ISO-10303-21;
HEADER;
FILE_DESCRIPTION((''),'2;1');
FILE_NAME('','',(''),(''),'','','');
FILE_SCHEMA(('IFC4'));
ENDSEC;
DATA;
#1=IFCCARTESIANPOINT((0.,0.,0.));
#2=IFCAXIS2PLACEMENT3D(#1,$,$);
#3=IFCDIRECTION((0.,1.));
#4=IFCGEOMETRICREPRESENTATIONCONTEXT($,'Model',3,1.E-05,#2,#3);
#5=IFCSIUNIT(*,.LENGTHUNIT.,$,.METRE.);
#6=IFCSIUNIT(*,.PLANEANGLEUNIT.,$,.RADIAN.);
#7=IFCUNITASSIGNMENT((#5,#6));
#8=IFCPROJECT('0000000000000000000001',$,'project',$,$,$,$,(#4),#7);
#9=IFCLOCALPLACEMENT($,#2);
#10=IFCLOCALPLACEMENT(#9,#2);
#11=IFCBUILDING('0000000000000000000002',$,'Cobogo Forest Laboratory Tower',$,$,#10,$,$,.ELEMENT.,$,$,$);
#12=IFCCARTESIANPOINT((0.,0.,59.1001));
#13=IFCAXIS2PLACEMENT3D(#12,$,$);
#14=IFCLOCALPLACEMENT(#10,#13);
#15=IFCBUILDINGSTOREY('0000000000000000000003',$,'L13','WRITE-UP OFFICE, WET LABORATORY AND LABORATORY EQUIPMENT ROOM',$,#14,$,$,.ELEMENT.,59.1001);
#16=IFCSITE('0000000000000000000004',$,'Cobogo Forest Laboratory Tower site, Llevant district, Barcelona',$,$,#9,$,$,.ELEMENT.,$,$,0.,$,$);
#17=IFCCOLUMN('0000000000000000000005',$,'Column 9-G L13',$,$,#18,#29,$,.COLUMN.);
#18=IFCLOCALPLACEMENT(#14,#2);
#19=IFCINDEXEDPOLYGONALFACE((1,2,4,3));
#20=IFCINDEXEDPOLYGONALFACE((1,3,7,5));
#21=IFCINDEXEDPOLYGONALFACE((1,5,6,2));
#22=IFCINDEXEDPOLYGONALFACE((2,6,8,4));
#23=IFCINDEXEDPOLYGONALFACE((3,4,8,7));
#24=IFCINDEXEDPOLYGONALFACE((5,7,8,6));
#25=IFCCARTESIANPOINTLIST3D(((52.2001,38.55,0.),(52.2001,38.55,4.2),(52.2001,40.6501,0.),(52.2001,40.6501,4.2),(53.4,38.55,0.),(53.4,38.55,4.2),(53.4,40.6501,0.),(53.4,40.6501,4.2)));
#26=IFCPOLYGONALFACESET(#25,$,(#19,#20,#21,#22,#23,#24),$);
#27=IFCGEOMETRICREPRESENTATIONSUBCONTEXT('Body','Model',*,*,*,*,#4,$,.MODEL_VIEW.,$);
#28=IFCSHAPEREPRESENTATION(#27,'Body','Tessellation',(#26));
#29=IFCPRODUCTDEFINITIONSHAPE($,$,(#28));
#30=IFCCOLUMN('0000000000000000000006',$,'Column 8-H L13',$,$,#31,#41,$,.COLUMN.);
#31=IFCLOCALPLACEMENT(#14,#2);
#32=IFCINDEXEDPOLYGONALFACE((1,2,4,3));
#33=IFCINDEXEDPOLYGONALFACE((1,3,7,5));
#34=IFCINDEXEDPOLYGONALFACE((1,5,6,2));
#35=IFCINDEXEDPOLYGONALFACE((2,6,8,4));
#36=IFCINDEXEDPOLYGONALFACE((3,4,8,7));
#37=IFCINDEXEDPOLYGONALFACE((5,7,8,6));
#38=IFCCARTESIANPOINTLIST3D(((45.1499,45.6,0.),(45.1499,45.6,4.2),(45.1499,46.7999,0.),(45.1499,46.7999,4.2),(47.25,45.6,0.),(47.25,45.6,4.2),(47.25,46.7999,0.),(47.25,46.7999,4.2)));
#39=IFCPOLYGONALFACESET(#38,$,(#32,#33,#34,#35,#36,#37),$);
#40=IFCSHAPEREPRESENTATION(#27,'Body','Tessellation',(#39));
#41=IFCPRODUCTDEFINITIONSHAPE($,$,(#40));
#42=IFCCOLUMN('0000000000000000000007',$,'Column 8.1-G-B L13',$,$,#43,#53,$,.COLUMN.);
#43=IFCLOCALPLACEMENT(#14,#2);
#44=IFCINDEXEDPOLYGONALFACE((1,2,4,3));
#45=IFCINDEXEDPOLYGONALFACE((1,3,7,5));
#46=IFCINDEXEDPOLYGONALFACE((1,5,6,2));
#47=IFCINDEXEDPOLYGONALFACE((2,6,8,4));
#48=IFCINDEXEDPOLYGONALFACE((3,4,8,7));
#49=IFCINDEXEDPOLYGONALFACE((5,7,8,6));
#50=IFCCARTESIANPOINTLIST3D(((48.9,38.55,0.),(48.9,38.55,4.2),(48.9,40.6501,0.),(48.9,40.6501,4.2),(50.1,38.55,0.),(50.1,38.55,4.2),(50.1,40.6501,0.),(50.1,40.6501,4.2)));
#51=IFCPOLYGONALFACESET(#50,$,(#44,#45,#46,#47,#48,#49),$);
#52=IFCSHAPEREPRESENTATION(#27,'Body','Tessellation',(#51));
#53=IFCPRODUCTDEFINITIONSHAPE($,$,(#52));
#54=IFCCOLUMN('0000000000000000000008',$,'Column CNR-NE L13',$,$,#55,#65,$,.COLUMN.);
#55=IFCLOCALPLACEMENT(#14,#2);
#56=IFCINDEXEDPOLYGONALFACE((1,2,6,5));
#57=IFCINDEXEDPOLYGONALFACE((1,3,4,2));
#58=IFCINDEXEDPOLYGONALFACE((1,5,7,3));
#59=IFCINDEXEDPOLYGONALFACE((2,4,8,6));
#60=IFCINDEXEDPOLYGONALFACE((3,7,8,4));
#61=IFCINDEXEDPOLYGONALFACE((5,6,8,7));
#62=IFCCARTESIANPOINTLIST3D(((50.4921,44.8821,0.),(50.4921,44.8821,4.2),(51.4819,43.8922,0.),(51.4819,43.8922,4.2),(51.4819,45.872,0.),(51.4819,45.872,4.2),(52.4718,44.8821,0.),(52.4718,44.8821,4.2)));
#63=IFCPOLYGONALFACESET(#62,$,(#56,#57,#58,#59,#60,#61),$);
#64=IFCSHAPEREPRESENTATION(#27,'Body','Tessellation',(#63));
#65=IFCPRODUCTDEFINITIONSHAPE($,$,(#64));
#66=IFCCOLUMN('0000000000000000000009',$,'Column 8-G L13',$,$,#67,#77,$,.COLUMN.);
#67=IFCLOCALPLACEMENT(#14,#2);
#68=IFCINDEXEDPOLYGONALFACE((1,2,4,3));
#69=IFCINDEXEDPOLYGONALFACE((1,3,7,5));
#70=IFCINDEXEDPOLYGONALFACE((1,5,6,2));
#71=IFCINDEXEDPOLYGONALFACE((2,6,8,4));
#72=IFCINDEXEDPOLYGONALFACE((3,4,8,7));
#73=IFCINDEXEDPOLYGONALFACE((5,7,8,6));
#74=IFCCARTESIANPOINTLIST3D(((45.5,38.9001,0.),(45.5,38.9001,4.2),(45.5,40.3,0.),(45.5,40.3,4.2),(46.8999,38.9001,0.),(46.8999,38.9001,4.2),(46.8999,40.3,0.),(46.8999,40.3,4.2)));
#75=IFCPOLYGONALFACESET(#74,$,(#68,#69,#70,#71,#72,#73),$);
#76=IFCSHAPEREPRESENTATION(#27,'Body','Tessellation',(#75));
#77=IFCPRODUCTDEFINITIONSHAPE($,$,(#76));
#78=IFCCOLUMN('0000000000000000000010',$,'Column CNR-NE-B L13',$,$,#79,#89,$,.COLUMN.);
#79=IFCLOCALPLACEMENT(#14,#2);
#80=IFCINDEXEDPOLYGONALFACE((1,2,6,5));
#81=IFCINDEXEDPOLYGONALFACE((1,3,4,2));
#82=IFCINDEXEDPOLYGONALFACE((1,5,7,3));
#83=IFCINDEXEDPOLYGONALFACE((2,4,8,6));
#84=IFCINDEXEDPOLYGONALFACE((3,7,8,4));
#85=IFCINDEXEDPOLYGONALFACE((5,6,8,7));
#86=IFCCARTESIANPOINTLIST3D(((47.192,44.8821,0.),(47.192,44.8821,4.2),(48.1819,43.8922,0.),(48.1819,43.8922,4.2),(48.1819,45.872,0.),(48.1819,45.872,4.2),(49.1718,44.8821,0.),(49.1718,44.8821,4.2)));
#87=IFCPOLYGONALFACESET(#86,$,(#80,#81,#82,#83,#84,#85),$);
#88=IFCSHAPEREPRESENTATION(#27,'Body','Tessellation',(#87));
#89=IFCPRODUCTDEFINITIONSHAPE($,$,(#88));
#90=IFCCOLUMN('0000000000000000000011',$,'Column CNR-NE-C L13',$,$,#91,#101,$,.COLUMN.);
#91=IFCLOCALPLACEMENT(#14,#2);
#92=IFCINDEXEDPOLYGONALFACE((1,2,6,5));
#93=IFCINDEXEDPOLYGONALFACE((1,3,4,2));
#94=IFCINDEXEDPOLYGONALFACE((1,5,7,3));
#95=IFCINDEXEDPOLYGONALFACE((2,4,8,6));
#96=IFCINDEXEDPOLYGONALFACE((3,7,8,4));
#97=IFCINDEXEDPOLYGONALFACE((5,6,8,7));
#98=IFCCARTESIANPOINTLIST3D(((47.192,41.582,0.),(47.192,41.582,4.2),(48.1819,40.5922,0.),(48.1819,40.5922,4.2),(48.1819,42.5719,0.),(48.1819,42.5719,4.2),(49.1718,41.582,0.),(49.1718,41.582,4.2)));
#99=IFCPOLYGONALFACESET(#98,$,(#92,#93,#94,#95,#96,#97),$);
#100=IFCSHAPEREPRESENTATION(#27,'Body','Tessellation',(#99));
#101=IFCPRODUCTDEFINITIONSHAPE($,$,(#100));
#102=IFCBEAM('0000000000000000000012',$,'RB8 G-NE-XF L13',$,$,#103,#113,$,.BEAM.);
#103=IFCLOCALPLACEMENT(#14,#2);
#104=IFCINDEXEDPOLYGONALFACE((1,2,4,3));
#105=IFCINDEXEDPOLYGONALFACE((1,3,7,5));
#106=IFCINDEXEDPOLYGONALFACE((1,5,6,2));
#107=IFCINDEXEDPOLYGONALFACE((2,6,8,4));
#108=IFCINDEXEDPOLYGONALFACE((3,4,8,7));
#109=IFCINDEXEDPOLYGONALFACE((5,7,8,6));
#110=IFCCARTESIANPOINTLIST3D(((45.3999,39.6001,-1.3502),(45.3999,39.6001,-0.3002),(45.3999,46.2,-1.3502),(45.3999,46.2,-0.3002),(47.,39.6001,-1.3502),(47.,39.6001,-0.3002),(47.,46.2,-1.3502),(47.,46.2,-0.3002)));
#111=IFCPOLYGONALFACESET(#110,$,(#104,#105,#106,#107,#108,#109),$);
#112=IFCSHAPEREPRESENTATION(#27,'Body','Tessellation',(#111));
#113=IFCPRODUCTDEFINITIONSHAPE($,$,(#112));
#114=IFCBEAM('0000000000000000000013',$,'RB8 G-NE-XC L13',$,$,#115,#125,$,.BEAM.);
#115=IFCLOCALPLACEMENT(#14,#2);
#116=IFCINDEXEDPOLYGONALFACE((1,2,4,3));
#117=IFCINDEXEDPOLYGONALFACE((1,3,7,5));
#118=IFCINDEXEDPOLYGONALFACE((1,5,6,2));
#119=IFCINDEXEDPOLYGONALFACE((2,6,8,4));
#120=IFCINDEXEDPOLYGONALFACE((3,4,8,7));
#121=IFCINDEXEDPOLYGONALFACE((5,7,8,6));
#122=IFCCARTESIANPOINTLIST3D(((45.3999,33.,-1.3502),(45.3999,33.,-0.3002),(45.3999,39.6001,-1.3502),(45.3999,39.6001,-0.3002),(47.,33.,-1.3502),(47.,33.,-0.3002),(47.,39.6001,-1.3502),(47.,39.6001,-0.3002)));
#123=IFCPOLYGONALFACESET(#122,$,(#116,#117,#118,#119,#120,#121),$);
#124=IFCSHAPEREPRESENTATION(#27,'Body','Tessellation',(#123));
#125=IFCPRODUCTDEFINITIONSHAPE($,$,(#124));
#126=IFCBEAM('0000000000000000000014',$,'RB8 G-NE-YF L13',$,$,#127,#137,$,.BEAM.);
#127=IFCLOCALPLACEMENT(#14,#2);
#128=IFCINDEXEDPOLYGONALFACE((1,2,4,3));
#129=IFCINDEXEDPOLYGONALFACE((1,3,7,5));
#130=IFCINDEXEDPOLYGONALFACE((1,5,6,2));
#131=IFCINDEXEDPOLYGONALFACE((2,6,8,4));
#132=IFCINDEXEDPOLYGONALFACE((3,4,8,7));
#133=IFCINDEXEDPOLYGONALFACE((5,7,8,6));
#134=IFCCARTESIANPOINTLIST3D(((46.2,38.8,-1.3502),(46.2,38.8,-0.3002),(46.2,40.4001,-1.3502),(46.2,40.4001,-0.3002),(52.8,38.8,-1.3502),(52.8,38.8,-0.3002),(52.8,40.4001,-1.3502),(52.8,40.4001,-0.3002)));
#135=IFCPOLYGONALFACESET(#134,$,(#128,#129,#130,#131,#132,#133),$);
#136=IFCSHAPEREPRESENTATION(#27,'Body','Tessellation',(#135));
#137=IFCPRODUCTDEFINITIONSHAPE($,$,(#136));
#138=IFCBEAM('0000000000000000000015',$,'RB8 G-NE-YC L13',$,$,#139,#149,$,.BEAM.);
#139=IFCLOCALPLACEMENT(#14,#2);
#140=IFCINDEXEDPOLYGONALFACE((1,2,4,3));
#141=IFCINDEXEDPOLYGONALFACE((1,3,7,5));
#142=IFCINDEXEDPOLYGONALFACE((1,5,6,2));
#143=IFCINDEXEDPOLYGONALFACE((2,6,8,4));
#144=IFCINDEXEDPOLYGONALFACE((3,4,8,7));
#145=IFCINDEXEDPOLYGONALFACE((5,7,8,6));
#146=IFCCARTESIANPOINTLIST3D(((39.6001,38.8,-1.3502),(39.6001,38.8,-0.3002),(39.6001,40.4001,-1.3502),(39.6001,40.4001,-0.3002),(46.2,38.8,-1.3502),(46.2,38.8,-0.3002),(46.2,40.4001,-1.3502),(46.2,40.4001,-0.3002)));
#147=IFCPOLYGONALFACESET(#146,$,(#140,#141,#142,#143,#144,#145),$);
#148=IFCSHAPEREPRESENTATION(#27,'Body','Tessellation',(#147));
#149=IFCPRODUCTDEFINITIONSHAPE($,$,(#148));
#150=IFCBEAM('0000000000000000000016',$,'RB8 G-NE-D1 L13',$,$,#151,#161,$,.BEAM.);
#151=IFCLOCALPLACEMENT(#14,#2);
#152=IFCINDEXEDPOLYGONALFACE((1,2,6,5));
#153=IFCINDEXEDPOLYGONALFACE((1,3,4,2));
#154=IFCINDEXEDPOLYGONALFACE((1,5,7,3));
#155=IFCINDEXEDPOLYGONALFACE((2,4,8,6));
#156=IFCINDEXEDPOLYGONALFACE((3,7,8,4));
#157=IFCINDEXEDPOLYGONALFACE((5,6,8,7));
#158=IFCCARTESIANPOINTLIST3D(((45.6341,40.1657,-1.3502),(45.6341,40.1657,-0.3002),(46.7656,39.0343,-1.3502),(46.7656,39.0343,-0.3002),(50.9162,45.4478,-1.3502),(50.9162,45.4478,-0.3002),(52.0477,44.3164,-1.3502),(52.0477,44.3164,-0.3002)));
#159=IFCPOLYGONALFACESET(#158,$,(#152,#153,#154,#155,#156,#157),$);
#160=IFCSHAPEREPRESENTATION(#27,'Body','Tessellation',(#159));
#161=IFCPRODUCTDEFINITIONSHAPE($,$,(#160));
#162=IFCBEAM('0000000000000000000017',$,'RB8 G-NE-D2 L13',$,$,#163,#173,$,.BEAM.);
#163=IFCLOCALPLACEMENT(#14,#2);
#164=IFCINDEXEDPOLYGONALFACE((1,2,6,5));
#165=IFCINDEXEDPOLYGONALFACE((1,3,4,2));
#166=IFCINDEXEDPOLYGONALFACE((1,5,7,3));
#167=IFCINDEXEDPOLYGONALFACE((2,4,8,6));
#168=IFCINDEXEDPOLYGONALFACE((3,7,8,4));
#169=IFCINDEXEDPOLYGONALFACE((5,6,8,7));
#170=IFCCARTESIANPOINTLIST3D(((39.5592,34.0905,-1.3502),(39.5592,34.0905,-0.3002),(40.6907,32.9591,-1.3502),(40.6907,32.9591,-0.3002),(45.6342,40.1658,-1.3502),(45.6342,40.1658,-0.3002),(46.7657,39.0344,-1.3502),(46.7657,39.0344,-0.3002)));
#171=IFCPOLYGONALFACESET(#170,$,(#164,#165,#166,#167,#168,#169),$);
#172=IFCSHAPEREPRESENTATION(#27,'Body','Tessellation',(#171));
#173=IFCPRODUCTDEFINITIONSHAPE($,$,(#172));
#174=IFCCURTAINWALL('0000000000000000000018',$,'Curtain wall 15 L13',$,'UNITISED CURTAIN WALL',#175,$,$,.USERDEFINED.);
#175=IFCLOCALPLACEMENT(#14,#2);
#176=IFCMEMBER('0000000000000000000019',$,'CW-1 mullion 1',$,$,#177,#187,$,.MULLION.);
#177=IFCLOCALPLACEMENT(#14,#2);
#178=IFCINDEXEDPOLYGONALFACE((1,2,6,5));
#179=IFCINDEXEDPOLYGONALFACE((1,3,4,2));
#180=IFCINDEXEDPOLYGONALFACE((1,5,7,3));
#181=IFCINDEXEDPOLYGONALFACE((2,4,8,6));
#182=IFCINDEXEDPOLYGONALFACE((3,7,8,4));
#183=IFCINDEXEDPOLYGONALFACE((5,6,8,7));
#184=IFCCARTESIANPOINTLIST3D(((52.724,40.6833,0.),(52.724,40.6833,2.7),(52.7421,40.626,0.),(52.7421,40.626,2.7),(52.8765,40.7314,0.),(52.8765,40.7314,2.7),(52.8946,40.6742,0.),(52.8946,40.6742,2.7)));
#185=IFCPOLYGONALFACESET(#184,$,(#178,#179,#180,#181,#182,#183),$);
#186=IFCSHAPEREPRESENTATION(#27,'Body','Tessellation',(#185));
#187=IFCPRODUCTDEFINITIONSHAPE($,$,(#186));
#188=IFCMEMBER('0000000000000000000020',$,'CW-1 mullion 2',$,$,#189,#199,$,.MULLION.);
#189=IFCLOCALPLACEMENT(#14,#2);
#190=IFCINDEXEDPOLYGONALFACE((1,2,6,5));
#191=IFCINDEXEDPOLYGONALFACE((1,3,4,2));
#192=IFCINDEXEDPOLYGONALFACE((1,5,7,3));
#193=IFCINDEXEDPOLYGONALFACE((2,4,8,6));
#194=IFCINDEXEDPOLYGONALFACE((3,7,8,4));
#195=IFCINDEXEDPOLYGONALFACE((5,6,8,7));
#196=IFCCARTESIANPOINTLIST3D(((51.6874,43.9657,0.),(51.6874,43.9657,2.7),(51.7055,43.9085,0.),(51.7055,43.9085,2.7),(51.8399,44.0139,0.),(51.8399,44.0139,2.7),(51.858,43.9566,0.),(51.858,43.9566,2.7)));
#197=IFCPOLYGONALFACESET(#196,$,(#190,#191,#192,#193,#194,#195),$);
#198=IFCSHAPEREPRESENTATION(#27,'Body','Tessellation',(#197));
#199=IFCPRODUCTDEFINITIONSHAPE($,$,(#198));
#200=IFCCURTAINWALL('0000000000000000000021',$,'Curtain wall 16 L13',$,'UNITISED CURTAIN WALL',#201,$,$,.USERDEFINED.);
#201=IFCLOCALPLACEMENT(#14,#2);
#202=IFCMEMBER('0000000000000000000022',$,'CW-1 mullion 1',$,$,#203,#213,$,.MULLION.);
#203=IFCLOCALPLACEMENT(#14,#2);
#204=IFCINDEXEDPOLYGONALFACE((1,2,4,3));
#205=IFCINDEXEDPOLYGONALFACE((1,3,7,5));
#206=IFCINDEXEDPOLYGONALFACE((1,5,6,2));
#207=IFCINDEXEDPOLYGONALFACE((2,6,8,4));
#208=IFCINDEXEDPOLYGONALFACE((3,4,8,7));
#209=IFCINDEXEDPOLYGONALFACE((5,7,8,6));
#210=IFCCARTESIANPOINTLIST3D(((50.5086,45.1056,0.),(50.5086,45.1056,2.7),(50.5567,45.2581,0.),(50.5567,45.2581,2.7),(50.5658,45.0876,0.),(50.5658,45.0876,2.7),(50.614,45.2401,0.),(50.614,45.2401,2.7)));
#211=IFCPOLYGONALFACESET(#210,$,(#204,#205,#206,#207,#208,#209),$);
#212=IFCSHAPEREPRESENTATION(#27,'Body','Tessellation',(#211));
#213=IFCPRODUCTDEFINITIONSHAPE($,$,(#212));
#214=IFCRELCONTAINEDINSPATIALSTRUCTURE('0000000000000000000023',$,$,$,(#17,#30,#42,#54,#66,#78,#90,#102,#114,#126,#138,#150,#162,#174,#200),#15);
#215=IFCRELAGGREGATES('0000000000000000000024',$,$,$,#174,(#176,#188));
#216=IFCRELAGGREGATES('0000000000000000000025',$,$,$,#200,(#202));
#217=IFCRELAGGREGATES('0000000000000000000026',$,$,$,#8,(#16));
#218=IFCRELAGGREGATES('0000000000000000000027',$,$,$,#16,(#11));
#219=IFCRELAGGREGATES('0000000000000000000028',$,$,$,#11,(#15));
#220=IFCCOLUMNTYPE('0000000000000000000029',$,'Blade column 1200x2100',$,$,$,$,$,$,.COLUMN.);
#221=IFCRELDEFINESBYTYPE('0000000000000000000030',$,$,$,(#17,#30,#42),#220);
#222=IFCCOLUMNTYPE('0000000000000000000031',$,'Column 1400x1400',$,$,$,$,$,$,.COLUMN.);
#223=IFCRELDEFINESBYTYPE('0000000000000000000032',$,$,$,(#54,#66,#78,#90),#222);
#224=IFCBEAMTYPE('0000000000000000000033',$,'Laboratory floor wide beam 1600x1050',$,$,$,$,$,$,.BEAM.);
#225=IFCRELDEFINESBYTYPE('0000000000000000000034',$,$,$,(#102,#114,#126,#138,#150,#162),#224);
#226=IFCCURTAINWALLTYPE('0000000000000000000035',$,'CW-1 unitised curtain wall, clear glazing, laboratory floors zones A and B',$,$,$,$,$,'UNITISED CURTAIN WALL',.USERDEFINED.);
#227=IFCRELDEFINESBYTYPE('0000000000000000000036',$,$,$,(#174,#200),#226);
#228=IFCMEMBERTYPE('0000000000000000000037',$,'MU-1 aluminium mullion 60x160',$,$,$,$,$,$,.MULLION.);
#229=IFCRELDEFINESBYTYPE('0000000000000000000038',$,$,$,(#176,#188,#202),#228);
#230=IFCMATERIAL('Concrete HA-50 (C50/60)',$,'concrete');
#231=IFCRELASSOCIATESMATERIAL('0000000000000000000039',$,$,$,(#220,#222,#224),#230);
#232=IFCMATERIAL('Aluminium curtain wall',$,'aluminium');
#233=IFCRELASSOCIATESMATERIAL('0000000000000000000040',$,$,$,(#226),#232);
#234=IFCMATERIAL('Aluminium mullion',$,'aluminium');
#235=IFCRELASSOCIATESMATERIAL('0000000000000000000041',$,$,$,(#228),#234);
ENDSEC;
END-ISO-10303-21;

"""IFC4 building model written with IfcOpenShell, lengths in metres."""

from ifc_helpers import new_model, si_unit, direction, frame, origin, origin_2d, place, context, subcontext, project, spatial, rectangle, extrude, material, material_profile, profile_set, type_object, element, aggregate, save


model = new_model("IFC4")

# Units and contexts
model_context = context("Model", 3, precision=1e-05, world=origin(), true_north=direction((0.0, 1.0)))
body_context = subcontext(model_context, "Body", "Model", "MODEL_VIEW")
ifc_project = project(units=[si_unit("LENGTHUNIT", "METRE"), si_unit("PLANEANGLEUNIT", "RADIAN")], contexts=[model_context])

# Site, building, storey
site_placement = place(None, origin())
site = spatial("IfcSite", under=ifc_project, at=site_placement, Name="Cobogo Forest Laboratory Tower site, Llevant district, Barcelona", CompositionType="ELEMENT", RefElevation=0.0)
building_placement = place(site_placement, origin())
building = spatial("IfcBuilding", under=site, at=building_placement, Name="Cobogo Forest Laboratory Tower", CompositionType="ELEMENT")
storey_placement = place(building_placement, frame((0.0, 0.0, 59.1001)))
storey = spatial("IfcBuildingStorey", under=building, at=storey_placement, Name="L13", Description="WRITE-UP OFFICE, WET LABORATORY AND LABORATORY EQUIPMENT ROOM", CompositionType="ELEMENT", Elevation=59.1001)

# Columns
ifc_material_1 = material(Name="Concrete HA-50 (C50/60)", Category="concrete")
ifc_material_profile_1 = material_profile(ifc_material_1, rectangle(XDim=2.1001, YDim=1.2, at=origin_2d()), Name="RC 1200x2100")
ifc_profile_set_1 = profile_set([ifc_material_profile_1], Name="Concrete HA-50 (C50/60)")
column_type_1 = type_object("IfcColumnType", Name="Blade column 1200x2100", PredefinedType="COLUMN", material=ifc_profile_set_1)
for number, where, z_axis, x_axis, name in (
    (1, (52.8, 39.6001, 0.0), (0.0, 0.0, 1.0), (0.0, 1.0, 0.0), "Column 9-G L13"),
    (2, (46.2, 46.2, 0.0), (0.0, 0.0, 1.0), (1.0, 0.0, 0.0), "Column 8-H L13"),
    (3, (49.5, 39.6001, 0.0), (0.0, 0.0, 1.0), (0.0, 1.0, 0.0), "Column 8.1-G-B L13"),
):
    element("IfcColumn", number, at=place(storey_placement, frame(where, z_axis=z_axis, x_axis=x_axis)), inside=storey, type_object=column_type_1, Name=name, PredefinedType="COLUMN", context=body_context, shape_type="SweptSolid", body=[
        extrude(rectangle(XDim=2.1001, YDim=1.2, at=origin_2d()), origin(), (0.0, 0.0, 1.0), 4.2),
    ])
ifc_material_profile_2 = material_profile(ifc_material_1, rectangle(XDim=1.3999, YDim=1.3999, at=origin_2d()), Name="RC 1400x1400")
ifc_profile_set_2 = profile_set([ifc_material_profile_2], Name="Concrete HA-50 (C50/60)")
column_type_2 = type_object("IfcColumnType", Name="Column 1400x1400", PredefinedType="COLUMN", material=ifc_profile_set_2)
for number, where, z_axis, x_axis, name in (
    (4, (51.4819, 44.8821, 0.0), (0.0, 0.0, 1.0), (0.707107, 0.707107, 0.0), "Column CNR-NE L13"),
    (5, (46.2, 39.6001, 0.0), (0.0, 0.0, 1.0), (1.0, 0.0, 0.0), "Column 8-G L13"),
    (6, (48.1819, 44.8821, 0.0), (0.0, 0.0, 1.0), (0.707107, 0.707107, 0.0), "Column CNR-NE-B L13"),
    (7, (48.1819, 41.582, 0.0), (0.0, 0.0, 1.0), (0.707107, 0.707107, 0.0), "Column CNR-NE-C L13"),
):
    element("IfcColumn", number, at=place(storey_placement, frame(where, z_axis=z_axis, x_axis=x_axis)), inside=storey, type_object=column_type_2, Name=name, PredefinedType="COLUMN", context=body_context, shape_type="SweptSolid", body=[
        extrude(rectangle(XDim=1.3999, YDim=1.3999, at=origin_2d()), origin(), (0.0, 0.0, 1.0), 4.2),
    ])

# Beams
ifc_material_profile_3 = material_profile(ifc_material_1, rectangle(XDim=1.6001, YDim=1.05, at=origin_2d()), Name="RC 1600x1050")
ifc_profile_set_3 = profile_set([ifc_material_profile_3], Name="Concrete HA-50 (C50/60)")
beam_type_1 = type_object("IfcBeamType", Name="Laboratory floor wide beam 1600x1050", PredefinedType="BEAM", material=ifc_profile_set_3)
beam_1_placement = place(storey_placement, frame((46.2, 46.2, -0.8252), z_axis=(0.0, -1.0, 0.0), x_axis=(1.0, 0.0, 0.0)))
element("IfcBeam", 8, at=beam_1_placement, inside=storey, type_object=beam_type_1, Name="RB8 G-NE-XF L13", PredefinedType="BEAM", context=body_context, shape_type="SweptSolid", body=[
    extrude(rectangle(XDim=1.6001, YDim=1.05, at=origin_2d()), origin(), (0.0, 0.0, 1.0), 6.5999),
])
for number, where, z_axis, x_axis, name in (
    (9, (46.2, 39.6001, -0.8252), (0.0, -1.0, 0.0), (1.0, 0.0, 0.0), "RB8 G-NE-XC L13"),
    (10, (52.8, 39.6001, -0.8252), (-1.0, 0.0, 0.0), (0.0, -1.0, 0.0), "RB8 G-NE-YF L13"),
):
    element("IfcBeam", number, at=place(storey_placement, frame(where, z_axis=z_axis, x_axis=x_axis)), inside=storey, type_object=beam_type_1, Name=name, PredefinedType="BEAM", context=body_context, shape_type="SweptSolid", body=[
        extrude(rectangle(XDim=1.6001, YDim=1.05, at=origin_2d()), origin(), (0.0, 0.0, 1.0), 6.6001),
    ])
beam_2_placement = place(storey_placement, frame((46.2, 39.6001, -0.8252), z_axis=(-1.0, 0.0, 0.0), x_axis=(0.0, -1.0, 0.0)))
element("IfcBeam", 11, at=beam_2_placement, inside=storey, type_object=beam_type_1, Name="RB8 G-NE-YC L13", PredefinedType="BEAM", context=body_context, shape_type="SweptSolid", body=[
    extrude(rectangle(XDim=1.6001, YDim=1.05, at=origin_2d()), origin(), (0.0, 0.0, 1.0), 6.5999),
])
beam_3_placement = place(storey_placement, frame((51.4819, 44.8821, -0.8252), z_axis=(-0.707107, -0.707107, 0.0), x_axis=(0.707107, -0.707107, 0.0)))
element("IfcBeam", 12, at=beam_3_placement, inside=storey, type_object=beam_type_1, Name="RB8 G-NE-D1 L13", PredefinedType="BEAM", context=body_context, shape_type="SweptSolid", body=[
    extrude(rectangle(XDim=1.6001, YDim=1.05, at=origin_2d()), origin(), (0.0, 0.0, 1.0), 7.47),
])
beam_4_placement = place(storey_placement, frame((46.2, 39.6001, -0.8252), z_axis=(-0.707093, -0.707121, 0.0), x_axis=(0.707121, -0.707093, 0.0)))
element("IfcBeam", 13, at=beam_4_placement, inside=storey, type_object=beam_type_1, Name="RB8 G-NE-D2 L13", PredefinedType="BEAM", context=body_context, shape_type="SweptSolid", body=[
    extrude(rectangle(XDim=1.6001, YDim=1.05, at=origin_2d()), origin(), (0.0, 0.0, 1.0), 8.5916),
])

# Curtain walls, members
ifc_material_2 = material(Name="Aluminium curtain wall", Category="aluminium")
curtain_wall_type = type_object("IfcCurtainWallType", Name="CW-1 unitised curtain wall, clear glazing, laboratory floors zones A and B", ElementType="UNITISED CURTAIN WALL", PredefinedType="USERDEFINED", material=ifc_material_2)
curtain_wall_1_placement = place(storey_placement, origin())
curtain_wall_1 = element("IfcCurtainWall", 14, at=curtain_wall_1_placement, inside=storey, type_object=curtain_wall_type, Name="Curtain wall 15 L13", ObjectType="UNITISED CURTAIN WALL", PredefinedType="USERDEFINED")
ifc_material_3 = material(Name="Aluminium mullion", Category="aluminium")
ifc_material_profile_4 = material_profile(ifc_material_3, rectangle(XDim=0.0601, YDim=0.1599, at=origin_2d()), Name="AL 60x160")
ifc_profile_set_4 = profile_set([ifc_material_profile_4], Name="Aluminium mullion")
member_type_1 = type_object("IfcMemberType", Name="MU-1 aluminium mullion 60x160", PredefinedType="MULLION", material=ifc_profile_set_4)
member_1_placement = place(storey_placement, frame((52.8093, 40.6787, 0.0), z_axis=(0.0, 0.0, 1.0), x_axis=(-0.301135, 0.953581, 0.0)))
member_1 = element("IfcMember", 15, at=member_1_placement, type_object=member_type_1, Name="CW-1 mullion 1", PredefinedType="MULLION", context=body_context, shape_type="SweptSolid", body=[
    extrude(rectangle(XDim=0.0601, YDim=0.1599, at=origin_2d()), origin(), (0.0, 0.0, 1.0), 2.7),
])
member_2_placement = place(storey_placement, frame((51.7727, 43.9612, 0.0), z_axis=(0.0, 0.0, 1.0), x_axis=(-0.301135, 0.953581, 0.0)))
member_2 = element("IfcMember", 16, at=member_2_placement, type_object=member_type_1, Name="CW-1 mullion 2", PredefinedType="MULLION", context=body_context, shape_type="SweptSolid", body=[
    extrude(rectangle(XDim=0.0601, YDim=0.1599, at=origin_2d()), origin(), (0.0, 0.0, 1.0), 2.7),
])
curtain_wall_2_placement = place(storey_placement, origin())
curtain_wall_2 = element("IfcCurtainWall", 17, at=curtain_wall_2_placement, inside=storey, type_object=curtain_wall_type, Name="Curtain wall 16 L13", ObjectType="UNITISED CURTAIN WALL", PredefinedType="USERDEFINED")
member_3_placement = place(storey_placement, frame((50.5613, 45.1729, 0.0), z_axis=(0.0, 0.0, 1.0), x_axis=(-0.953581, 0.301135, 0.0)))
member_3 = element("IfcMember", 18, at=member_3_placement, type_object=member_type_1, Name="CW-1 mullion 1", PredefinedType="MULLION", context=body_context, shape_type="SweptSolid", body=[
    extrude(rectangle(XDim=0.0601, YDim=0.1599, at=origin_2d()), origin(), (0.0, 0.0, 1.0), 2.7),
])

aggregate(curtain_wall_1, [member_1, member_2])
aggregate(curtain_wall_2, [member_3])

save(model, "model.ifc")
